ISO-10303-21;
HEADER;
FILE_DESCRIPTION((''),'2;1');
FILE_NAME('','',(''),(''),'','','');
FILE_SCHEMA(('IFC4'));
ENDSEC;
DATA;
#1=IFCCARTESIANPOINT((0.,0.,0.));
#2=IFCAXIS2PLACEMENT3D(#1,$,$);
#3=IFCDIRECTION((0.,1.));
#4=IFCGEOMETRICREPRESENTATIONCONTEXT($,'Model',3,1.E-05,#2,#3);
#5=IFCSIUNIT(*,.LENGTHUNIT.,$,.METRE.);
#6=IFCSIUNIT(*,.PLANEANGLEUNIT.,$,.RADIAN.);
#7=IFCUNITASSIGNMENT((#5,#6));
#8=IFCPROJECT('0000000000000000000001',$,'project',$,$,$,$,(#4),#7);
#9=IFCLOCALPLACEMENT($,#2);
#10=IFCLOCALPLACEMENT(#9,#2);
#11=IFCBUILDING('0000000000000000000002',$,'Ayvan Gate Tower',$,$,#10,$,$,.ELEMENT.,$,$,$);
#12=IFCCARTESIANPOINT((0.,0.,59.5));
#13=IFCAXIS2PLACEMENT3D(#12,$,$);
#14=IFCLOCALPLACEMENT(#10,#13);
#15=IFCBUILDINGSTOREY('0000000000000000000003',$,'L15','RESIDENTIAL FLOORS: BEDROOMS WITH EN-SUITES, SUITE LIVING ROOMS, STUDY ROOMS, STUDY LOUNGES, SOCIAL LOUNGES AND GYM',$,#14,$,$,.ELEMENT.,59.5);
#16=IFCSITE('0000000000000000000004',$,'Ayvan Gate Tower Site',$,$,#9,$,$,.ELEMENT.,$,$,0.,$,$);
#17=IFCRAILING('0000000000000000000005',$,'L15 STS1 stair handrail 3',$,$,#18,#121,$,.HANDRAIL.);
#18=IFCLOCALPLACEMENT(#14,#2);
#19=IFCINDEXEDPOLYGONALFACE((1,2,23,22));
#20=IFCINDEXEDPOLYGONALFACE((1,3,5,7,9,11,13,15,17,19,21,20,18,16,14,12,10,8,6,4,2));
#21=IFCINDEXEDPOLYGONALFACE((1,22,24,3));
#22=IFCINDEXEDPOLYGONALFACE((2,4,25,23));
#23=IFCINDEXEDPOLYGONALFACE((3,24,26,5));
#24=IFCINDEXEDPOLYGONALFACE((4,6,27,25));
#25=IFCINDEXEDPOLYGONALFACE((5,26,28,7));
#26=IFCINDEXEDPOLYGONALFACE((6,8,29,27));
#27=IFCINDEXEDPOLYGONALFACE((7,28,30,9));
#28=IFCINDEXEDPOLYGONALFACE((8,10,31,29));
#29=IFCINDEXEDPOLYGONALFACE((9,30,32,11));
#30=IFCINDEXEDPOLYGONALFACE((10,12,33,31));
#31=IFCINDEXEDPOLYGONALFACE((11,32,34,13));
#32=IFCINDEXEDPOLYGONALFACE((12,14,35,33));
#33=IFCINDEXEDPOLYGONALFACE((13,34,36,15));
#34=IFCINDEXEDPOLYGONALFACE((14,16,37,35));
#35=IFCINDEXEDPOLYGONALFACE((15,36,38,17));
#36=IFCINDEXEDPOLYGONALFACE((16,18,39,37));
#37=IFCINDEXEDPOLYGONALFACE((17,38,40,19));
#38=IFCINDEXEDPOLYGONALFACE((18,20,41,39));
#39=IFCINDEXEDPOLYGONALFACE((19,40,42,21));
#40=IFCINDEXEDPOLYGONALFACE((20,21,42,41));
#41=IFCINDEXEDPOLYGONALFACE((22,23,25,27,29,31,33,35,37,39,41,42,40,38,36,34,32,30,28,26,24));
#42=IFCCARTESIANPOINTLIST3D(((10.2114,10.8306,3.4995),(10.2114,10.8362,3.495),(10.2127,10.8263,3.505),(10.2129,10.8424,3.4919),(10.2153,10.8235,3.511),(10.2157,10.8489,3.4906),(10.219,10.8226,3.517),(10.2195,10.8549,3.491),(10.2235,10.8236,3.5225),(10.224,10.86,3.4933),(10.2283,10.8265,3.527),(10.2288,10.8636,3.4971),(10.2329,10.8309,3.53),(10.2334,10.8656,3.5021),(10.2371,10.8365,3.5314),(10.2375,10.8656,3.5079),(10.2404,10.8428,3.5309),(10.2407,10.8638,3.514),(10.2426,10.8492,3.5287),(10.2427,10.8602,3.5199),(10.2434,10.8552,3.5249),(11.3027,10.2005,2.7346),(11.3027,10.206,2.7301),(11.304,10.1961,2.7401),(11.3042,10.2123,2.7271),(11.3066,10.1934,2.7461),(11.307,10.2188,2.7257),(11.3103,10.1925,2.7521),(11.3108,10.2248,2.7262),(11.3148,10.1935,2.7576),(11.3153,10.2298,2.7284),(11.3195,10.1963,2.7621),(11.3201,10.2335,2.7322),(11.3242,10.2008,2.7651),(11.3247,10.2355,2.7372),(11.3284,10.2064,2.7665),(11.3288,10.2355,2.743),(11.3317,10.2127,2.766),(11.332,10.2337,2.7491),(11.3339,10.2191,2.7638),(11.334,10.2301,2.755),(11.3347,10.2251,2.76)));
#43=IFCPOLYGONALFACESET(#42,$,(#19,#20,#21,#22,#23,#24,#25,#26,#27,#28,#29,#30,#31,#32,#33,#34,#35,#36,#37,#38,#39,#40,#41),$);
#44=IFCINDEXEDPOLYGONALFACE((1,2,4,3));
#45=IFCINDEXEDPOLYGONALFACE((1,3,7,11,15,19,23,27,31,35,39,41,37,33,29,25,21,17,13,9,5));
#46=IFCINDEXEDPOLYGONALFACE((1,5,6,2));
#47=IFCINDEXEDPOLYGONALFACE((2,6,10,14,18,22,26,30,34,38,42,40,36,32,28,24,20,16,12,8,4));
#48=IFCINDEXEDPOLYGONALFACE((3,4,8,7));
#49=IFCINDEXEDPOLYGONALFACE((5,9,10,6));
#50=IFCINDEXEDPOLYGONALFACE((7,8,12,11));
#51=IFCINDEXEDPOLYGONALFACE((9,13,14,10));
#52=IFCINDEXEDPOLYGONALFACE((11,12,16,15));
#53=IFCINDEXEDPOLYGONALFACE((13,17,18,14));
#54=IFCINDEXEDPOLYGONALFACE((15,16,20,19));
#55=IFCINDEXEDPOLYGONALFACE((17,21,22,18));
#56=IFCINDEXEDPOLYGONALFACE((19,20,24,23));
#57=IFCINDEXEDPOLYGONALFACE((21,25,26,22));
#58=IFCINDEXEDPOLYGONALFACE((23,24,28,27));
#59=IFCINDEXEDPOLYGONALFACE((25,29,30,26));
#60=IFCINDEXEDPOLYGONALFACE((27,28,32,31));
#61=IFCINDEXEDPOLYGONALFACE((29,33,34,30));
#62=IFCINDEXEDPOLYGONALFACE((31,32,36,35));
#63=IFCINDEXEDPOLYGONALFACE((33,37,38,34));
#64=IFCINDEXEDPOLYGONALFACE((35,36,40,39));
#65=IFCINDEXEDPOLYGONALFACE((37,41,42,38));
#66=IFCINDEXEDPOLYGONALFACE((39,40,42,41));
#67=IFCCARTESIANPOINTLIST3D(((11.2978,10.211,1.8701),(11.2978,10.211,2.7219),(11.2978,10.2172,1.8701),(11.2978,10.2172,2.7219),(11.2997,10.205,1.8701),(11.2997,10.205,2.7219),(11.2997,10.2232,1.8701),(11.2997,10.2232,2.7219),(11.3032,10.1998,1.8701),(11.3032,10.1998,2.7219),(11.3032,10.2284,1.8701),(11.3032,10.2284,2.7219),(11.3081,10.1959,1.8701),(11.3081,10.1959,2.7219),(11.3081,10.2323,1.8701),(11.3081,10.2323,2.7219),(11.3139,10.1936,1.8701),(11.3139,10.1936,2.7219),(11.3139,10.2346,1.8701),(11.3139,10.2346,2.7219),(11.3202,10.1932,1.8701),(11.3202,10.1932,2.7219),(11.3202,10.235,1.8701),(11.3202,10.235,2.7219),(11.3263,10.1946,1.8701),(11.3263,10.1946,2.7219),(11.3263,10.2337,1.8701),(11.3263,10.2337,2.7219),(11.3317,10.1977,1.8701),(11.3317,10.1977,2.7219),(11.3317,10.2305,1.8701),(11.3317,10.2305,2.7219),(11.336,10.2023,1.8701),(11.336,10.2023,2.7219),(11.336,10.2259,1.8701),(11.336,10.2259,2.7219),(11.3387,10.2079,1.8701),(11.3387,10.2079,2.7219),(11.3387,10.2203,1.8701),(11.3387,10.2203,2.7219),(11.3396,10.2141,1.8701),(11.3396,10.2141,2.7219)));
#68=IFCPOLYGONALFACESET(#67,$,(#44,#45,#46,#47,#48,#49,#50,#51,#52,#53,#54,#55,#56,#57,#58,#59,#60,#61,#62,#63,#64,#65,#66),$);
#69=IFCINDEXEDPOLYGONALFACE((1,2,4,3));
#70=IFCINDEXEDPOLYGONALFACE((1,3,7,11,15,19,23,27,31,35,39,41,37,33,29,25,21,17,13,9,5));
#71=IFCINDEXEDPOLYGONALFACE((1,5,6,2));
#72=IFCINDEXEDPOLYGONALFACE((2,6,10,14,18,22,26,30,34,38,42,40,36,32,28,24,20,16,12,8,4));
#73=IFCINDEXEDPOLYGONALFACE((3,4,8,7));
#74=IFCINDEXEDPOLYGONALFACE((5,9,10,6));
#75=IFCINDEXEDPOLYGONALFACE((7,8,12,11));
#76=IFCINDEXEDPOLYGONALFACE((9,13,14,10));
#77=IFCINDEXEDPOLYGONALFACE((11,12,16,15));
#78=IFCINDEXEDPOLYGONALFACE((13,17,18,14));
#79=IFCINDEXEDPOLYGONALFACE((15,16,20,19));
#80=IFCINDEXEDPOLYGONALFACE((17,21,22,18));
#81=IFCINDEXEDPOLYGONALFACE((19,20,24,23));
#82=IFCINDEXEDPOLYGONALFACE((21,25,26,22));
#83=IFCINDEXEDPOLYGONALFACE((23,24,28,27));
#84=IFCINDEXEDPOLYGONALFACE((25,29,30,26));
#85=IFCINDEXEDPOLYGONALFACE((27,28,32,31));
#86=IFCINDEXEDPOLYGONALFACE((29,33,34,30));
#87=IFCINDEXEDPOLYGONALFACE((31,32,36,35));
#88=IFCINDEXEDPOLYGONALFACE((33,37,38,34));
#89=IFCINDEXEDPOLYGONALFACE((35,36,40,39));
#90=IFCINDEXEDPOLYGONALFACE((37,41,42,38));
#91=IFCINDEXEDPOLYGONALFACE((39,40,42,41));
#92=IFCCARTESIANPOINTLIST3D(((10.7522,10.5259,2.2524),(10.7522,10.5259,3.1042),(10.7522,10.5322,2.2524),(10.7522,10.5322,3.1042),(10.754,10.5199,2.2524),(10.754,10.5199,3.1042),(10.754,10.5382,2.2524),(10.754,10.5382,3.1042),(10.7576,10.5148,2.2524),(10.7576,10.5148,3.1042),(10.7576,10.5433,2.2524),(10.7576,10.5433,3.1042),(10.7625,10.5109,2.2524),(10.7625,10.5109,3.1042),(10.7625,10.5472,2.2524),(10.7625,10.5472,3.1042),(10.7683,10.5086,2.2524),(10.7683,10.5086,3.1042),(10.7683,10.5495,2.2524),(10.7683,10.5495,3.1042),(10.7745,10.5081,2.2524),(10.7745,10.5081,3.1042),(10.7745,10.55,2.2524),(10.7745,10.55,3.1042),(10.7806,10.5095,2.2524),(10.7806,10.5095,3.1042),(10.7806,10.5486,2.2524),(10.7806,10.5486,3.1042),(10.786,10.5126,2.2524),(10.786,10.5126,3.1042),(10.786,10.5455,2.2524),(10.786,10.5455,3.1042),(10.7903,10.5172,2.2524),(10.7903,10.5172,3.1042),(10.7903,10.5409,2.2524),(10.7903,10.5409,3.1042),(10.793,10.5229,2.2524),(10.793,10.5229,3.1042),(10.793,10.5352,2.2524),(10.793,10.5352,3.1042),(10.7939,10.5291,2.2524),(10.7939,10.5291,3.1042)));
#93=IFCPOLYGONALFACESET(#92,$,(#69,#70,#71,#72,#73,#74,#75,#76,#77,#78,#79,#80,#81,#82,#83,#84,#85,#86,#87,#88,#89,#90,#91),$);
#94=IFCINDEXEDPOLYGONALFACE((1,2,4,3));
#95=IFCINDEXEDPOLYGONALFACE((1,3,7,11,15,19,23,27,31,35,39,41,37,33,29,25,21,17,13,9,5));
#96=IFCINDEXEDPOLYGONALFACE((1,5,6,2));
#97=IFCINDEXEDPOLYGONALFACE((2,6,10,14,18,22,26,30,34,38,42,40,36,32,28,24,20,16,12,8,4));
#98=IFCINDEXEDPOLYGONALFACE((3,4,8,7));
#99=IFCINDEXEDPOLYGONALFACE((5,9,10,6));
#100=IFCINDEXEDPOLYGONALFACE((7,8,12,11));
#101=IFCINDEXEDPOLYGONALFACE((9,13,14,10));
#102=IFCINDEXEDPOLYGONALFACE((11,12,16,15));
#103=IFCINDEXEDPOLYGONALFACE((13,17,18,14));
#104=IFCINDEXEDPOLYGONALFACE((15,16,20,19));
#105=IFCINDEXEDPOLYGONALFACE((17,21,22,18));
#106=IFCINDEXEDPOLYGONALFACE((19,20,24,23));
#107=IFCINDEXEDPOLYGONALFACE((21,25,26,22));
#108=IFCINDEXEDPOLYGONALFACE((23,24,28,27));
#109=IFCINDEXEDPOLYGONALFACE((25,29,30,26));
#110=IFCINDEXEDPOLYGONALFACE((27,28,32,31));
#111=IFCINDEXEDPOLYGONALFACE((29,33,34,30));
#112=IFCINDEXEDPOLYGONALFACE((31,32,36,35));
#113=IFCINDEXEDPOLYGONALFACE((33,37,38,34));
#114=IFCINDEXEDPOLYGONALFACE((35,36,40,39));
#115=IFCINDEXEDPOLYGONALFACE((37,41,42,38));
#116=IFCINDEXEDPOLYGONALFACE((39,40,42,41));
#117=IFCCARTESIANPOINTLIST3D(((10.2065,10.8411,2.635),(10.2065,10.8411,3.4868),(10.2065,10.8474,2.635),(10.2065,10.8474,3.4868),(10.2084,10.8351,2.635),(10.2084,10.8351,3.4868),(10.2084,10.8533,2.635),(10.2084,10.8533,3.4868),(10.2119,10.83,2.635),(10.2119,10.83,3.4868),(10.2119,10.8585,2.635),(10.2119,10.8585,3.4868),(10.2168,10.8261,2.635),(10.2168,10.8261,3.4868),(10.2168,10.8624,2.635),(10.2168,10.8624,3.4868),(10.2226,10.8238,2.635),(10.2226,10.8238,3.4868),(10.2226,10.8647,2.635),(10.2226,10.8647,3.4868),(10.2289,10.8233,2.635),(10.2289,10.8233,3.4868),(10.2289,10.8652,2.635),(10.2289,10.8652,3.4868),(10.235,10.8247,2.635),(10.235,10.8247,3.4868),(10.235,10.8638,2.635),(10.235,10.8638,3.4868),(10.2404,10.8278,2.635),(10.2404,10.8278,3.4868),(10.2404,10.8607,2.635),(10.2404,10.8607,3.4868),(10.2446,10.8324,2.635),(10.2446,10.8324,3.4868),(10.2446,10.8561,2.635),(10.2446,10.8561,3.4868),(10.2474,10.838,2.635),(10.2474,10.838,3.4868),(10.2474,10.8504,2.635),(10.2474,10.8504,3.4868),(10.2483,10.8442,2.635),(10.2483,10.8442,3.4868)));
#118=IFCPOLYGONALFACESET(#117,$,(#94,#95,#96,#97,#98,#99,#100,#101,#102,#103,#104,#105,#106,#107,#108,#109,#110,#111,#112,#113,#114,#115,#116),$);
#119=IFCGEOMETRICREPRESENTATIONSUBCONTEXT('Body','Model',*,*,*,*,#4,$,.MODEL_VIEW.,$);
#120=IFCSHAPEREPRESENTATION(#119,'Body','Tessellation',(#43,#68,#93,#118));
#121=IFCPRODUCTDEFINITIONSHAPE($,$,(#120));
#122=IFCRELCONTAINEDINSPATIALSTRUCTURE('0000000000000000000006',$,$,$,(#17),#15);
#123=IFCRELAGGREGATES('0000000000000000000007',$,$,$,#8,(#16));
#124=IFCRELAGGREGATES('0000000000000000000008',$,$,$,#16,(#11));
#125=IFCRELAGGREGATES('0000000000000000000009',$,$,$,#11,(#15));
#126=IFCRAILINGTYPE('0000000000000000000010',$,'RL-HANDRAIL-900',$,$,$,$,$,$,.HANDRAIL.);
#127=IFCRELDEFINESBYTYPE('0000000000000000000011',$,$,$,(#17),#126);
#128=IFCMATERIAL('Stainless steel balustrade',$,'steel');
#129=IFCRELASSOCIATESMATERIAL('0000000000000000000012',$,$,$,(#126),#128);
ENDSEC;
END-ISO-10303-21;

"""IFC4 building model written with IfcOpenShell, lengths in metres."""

from ifc_helpers import new_model, si_unit, direction, frame, origin, origin_2d, place, context, subcontext, project, spatial, circle, extrude, material, type_object, element, save


model = new_model("IFC4")

# Units and contexts
model_context = context("Model", 3, precision=1e-05, world=origin(), true_north=direction((0.0, 1.0)))
body_context = subcontext(model_context, "Body", "Model", "MODEL_VIEW")
ifc_project = project(units=[si_unit("LENGTHUNIT", "METRE"), si_unit("PLANEANGLEUNIT", "RADIAN")], contexts=[model_context])

# Site, building, storey
site_placement = place(None, origin())
site = spatial("IfcSite", under=ifc_project, at=site_placement, Name="Ayvan Gate Tower Site", CompositionType="ELEMENT", RefElevation=0.0)
building_placement = place(site_placement, origin())
building = spatial("IfcBuilding", under=site, at=building_placement, Name="Ayvan Gate Tower", CompositionType="ELEMENT")
storey_placement = place(building_placement, frame((0.0, 0.0, 59.5)))
storey = spatial("IfcBuildingStorey", under=building, at=storey_placement, Name="L15", Description="RESIDENTIAL FLOORS: BEDROOMS WITH EN-SUITES, SUITE LIVING ROOMS, STUDY ROOMS, STUDY LOUNGES, SOCIAL LOUNGES AND GYM", CompositionType="ELEMENT", Elevation=59.5)

# Railing
ifc_material_1 = material(Name="Stainless steel balustrade", Category="steel")
railing_type_1 = type_object("IfcRailingType", Name="RL-HANDRAIL-900", PredefinedType="HANDRAIL", material=ifc_material_1)
railing_1_placement = place(storey_placement, frame((11.3186, 10.2141, 1.8701)))
element("IfcRailing", 1, at=railing_1_placement, inside=storey, type_object=railing_type_1, Name="L15 STS1 stair handrail 3", PredefinedType="HANDRAIL", context=body_context, shape_type="SweptSolid", body=[
    extrude(circle(Radius=0.0239, at=origin_2d()), frame((0.0, 0.0, 0.876), z_axis=(-0.740304, 0.427455, 0.518875), x_axis=(-0.500035, -0.866005, 0.0)), (0.0, 0.0, 1.0), 1.4741),
    extrude(circle(Radius=0.021, at=origin_2d()), origin(), (0.0, 0.0, 1.0), 0.8518),
    extrude(circle(Radius=0.021, at=origin_2d()), frame((-0.5457, 0.3149, 0.3823)), (0.0, 0.0, 1.0), 0.8518),
    extrude(circle(Radius=0.021, at=origin_2d()), frame((-1.0913, 0.6301, 0.7649)), (0.0, 0.0, 1.0), 0.8518),
])

save(model, "model.ifc")
